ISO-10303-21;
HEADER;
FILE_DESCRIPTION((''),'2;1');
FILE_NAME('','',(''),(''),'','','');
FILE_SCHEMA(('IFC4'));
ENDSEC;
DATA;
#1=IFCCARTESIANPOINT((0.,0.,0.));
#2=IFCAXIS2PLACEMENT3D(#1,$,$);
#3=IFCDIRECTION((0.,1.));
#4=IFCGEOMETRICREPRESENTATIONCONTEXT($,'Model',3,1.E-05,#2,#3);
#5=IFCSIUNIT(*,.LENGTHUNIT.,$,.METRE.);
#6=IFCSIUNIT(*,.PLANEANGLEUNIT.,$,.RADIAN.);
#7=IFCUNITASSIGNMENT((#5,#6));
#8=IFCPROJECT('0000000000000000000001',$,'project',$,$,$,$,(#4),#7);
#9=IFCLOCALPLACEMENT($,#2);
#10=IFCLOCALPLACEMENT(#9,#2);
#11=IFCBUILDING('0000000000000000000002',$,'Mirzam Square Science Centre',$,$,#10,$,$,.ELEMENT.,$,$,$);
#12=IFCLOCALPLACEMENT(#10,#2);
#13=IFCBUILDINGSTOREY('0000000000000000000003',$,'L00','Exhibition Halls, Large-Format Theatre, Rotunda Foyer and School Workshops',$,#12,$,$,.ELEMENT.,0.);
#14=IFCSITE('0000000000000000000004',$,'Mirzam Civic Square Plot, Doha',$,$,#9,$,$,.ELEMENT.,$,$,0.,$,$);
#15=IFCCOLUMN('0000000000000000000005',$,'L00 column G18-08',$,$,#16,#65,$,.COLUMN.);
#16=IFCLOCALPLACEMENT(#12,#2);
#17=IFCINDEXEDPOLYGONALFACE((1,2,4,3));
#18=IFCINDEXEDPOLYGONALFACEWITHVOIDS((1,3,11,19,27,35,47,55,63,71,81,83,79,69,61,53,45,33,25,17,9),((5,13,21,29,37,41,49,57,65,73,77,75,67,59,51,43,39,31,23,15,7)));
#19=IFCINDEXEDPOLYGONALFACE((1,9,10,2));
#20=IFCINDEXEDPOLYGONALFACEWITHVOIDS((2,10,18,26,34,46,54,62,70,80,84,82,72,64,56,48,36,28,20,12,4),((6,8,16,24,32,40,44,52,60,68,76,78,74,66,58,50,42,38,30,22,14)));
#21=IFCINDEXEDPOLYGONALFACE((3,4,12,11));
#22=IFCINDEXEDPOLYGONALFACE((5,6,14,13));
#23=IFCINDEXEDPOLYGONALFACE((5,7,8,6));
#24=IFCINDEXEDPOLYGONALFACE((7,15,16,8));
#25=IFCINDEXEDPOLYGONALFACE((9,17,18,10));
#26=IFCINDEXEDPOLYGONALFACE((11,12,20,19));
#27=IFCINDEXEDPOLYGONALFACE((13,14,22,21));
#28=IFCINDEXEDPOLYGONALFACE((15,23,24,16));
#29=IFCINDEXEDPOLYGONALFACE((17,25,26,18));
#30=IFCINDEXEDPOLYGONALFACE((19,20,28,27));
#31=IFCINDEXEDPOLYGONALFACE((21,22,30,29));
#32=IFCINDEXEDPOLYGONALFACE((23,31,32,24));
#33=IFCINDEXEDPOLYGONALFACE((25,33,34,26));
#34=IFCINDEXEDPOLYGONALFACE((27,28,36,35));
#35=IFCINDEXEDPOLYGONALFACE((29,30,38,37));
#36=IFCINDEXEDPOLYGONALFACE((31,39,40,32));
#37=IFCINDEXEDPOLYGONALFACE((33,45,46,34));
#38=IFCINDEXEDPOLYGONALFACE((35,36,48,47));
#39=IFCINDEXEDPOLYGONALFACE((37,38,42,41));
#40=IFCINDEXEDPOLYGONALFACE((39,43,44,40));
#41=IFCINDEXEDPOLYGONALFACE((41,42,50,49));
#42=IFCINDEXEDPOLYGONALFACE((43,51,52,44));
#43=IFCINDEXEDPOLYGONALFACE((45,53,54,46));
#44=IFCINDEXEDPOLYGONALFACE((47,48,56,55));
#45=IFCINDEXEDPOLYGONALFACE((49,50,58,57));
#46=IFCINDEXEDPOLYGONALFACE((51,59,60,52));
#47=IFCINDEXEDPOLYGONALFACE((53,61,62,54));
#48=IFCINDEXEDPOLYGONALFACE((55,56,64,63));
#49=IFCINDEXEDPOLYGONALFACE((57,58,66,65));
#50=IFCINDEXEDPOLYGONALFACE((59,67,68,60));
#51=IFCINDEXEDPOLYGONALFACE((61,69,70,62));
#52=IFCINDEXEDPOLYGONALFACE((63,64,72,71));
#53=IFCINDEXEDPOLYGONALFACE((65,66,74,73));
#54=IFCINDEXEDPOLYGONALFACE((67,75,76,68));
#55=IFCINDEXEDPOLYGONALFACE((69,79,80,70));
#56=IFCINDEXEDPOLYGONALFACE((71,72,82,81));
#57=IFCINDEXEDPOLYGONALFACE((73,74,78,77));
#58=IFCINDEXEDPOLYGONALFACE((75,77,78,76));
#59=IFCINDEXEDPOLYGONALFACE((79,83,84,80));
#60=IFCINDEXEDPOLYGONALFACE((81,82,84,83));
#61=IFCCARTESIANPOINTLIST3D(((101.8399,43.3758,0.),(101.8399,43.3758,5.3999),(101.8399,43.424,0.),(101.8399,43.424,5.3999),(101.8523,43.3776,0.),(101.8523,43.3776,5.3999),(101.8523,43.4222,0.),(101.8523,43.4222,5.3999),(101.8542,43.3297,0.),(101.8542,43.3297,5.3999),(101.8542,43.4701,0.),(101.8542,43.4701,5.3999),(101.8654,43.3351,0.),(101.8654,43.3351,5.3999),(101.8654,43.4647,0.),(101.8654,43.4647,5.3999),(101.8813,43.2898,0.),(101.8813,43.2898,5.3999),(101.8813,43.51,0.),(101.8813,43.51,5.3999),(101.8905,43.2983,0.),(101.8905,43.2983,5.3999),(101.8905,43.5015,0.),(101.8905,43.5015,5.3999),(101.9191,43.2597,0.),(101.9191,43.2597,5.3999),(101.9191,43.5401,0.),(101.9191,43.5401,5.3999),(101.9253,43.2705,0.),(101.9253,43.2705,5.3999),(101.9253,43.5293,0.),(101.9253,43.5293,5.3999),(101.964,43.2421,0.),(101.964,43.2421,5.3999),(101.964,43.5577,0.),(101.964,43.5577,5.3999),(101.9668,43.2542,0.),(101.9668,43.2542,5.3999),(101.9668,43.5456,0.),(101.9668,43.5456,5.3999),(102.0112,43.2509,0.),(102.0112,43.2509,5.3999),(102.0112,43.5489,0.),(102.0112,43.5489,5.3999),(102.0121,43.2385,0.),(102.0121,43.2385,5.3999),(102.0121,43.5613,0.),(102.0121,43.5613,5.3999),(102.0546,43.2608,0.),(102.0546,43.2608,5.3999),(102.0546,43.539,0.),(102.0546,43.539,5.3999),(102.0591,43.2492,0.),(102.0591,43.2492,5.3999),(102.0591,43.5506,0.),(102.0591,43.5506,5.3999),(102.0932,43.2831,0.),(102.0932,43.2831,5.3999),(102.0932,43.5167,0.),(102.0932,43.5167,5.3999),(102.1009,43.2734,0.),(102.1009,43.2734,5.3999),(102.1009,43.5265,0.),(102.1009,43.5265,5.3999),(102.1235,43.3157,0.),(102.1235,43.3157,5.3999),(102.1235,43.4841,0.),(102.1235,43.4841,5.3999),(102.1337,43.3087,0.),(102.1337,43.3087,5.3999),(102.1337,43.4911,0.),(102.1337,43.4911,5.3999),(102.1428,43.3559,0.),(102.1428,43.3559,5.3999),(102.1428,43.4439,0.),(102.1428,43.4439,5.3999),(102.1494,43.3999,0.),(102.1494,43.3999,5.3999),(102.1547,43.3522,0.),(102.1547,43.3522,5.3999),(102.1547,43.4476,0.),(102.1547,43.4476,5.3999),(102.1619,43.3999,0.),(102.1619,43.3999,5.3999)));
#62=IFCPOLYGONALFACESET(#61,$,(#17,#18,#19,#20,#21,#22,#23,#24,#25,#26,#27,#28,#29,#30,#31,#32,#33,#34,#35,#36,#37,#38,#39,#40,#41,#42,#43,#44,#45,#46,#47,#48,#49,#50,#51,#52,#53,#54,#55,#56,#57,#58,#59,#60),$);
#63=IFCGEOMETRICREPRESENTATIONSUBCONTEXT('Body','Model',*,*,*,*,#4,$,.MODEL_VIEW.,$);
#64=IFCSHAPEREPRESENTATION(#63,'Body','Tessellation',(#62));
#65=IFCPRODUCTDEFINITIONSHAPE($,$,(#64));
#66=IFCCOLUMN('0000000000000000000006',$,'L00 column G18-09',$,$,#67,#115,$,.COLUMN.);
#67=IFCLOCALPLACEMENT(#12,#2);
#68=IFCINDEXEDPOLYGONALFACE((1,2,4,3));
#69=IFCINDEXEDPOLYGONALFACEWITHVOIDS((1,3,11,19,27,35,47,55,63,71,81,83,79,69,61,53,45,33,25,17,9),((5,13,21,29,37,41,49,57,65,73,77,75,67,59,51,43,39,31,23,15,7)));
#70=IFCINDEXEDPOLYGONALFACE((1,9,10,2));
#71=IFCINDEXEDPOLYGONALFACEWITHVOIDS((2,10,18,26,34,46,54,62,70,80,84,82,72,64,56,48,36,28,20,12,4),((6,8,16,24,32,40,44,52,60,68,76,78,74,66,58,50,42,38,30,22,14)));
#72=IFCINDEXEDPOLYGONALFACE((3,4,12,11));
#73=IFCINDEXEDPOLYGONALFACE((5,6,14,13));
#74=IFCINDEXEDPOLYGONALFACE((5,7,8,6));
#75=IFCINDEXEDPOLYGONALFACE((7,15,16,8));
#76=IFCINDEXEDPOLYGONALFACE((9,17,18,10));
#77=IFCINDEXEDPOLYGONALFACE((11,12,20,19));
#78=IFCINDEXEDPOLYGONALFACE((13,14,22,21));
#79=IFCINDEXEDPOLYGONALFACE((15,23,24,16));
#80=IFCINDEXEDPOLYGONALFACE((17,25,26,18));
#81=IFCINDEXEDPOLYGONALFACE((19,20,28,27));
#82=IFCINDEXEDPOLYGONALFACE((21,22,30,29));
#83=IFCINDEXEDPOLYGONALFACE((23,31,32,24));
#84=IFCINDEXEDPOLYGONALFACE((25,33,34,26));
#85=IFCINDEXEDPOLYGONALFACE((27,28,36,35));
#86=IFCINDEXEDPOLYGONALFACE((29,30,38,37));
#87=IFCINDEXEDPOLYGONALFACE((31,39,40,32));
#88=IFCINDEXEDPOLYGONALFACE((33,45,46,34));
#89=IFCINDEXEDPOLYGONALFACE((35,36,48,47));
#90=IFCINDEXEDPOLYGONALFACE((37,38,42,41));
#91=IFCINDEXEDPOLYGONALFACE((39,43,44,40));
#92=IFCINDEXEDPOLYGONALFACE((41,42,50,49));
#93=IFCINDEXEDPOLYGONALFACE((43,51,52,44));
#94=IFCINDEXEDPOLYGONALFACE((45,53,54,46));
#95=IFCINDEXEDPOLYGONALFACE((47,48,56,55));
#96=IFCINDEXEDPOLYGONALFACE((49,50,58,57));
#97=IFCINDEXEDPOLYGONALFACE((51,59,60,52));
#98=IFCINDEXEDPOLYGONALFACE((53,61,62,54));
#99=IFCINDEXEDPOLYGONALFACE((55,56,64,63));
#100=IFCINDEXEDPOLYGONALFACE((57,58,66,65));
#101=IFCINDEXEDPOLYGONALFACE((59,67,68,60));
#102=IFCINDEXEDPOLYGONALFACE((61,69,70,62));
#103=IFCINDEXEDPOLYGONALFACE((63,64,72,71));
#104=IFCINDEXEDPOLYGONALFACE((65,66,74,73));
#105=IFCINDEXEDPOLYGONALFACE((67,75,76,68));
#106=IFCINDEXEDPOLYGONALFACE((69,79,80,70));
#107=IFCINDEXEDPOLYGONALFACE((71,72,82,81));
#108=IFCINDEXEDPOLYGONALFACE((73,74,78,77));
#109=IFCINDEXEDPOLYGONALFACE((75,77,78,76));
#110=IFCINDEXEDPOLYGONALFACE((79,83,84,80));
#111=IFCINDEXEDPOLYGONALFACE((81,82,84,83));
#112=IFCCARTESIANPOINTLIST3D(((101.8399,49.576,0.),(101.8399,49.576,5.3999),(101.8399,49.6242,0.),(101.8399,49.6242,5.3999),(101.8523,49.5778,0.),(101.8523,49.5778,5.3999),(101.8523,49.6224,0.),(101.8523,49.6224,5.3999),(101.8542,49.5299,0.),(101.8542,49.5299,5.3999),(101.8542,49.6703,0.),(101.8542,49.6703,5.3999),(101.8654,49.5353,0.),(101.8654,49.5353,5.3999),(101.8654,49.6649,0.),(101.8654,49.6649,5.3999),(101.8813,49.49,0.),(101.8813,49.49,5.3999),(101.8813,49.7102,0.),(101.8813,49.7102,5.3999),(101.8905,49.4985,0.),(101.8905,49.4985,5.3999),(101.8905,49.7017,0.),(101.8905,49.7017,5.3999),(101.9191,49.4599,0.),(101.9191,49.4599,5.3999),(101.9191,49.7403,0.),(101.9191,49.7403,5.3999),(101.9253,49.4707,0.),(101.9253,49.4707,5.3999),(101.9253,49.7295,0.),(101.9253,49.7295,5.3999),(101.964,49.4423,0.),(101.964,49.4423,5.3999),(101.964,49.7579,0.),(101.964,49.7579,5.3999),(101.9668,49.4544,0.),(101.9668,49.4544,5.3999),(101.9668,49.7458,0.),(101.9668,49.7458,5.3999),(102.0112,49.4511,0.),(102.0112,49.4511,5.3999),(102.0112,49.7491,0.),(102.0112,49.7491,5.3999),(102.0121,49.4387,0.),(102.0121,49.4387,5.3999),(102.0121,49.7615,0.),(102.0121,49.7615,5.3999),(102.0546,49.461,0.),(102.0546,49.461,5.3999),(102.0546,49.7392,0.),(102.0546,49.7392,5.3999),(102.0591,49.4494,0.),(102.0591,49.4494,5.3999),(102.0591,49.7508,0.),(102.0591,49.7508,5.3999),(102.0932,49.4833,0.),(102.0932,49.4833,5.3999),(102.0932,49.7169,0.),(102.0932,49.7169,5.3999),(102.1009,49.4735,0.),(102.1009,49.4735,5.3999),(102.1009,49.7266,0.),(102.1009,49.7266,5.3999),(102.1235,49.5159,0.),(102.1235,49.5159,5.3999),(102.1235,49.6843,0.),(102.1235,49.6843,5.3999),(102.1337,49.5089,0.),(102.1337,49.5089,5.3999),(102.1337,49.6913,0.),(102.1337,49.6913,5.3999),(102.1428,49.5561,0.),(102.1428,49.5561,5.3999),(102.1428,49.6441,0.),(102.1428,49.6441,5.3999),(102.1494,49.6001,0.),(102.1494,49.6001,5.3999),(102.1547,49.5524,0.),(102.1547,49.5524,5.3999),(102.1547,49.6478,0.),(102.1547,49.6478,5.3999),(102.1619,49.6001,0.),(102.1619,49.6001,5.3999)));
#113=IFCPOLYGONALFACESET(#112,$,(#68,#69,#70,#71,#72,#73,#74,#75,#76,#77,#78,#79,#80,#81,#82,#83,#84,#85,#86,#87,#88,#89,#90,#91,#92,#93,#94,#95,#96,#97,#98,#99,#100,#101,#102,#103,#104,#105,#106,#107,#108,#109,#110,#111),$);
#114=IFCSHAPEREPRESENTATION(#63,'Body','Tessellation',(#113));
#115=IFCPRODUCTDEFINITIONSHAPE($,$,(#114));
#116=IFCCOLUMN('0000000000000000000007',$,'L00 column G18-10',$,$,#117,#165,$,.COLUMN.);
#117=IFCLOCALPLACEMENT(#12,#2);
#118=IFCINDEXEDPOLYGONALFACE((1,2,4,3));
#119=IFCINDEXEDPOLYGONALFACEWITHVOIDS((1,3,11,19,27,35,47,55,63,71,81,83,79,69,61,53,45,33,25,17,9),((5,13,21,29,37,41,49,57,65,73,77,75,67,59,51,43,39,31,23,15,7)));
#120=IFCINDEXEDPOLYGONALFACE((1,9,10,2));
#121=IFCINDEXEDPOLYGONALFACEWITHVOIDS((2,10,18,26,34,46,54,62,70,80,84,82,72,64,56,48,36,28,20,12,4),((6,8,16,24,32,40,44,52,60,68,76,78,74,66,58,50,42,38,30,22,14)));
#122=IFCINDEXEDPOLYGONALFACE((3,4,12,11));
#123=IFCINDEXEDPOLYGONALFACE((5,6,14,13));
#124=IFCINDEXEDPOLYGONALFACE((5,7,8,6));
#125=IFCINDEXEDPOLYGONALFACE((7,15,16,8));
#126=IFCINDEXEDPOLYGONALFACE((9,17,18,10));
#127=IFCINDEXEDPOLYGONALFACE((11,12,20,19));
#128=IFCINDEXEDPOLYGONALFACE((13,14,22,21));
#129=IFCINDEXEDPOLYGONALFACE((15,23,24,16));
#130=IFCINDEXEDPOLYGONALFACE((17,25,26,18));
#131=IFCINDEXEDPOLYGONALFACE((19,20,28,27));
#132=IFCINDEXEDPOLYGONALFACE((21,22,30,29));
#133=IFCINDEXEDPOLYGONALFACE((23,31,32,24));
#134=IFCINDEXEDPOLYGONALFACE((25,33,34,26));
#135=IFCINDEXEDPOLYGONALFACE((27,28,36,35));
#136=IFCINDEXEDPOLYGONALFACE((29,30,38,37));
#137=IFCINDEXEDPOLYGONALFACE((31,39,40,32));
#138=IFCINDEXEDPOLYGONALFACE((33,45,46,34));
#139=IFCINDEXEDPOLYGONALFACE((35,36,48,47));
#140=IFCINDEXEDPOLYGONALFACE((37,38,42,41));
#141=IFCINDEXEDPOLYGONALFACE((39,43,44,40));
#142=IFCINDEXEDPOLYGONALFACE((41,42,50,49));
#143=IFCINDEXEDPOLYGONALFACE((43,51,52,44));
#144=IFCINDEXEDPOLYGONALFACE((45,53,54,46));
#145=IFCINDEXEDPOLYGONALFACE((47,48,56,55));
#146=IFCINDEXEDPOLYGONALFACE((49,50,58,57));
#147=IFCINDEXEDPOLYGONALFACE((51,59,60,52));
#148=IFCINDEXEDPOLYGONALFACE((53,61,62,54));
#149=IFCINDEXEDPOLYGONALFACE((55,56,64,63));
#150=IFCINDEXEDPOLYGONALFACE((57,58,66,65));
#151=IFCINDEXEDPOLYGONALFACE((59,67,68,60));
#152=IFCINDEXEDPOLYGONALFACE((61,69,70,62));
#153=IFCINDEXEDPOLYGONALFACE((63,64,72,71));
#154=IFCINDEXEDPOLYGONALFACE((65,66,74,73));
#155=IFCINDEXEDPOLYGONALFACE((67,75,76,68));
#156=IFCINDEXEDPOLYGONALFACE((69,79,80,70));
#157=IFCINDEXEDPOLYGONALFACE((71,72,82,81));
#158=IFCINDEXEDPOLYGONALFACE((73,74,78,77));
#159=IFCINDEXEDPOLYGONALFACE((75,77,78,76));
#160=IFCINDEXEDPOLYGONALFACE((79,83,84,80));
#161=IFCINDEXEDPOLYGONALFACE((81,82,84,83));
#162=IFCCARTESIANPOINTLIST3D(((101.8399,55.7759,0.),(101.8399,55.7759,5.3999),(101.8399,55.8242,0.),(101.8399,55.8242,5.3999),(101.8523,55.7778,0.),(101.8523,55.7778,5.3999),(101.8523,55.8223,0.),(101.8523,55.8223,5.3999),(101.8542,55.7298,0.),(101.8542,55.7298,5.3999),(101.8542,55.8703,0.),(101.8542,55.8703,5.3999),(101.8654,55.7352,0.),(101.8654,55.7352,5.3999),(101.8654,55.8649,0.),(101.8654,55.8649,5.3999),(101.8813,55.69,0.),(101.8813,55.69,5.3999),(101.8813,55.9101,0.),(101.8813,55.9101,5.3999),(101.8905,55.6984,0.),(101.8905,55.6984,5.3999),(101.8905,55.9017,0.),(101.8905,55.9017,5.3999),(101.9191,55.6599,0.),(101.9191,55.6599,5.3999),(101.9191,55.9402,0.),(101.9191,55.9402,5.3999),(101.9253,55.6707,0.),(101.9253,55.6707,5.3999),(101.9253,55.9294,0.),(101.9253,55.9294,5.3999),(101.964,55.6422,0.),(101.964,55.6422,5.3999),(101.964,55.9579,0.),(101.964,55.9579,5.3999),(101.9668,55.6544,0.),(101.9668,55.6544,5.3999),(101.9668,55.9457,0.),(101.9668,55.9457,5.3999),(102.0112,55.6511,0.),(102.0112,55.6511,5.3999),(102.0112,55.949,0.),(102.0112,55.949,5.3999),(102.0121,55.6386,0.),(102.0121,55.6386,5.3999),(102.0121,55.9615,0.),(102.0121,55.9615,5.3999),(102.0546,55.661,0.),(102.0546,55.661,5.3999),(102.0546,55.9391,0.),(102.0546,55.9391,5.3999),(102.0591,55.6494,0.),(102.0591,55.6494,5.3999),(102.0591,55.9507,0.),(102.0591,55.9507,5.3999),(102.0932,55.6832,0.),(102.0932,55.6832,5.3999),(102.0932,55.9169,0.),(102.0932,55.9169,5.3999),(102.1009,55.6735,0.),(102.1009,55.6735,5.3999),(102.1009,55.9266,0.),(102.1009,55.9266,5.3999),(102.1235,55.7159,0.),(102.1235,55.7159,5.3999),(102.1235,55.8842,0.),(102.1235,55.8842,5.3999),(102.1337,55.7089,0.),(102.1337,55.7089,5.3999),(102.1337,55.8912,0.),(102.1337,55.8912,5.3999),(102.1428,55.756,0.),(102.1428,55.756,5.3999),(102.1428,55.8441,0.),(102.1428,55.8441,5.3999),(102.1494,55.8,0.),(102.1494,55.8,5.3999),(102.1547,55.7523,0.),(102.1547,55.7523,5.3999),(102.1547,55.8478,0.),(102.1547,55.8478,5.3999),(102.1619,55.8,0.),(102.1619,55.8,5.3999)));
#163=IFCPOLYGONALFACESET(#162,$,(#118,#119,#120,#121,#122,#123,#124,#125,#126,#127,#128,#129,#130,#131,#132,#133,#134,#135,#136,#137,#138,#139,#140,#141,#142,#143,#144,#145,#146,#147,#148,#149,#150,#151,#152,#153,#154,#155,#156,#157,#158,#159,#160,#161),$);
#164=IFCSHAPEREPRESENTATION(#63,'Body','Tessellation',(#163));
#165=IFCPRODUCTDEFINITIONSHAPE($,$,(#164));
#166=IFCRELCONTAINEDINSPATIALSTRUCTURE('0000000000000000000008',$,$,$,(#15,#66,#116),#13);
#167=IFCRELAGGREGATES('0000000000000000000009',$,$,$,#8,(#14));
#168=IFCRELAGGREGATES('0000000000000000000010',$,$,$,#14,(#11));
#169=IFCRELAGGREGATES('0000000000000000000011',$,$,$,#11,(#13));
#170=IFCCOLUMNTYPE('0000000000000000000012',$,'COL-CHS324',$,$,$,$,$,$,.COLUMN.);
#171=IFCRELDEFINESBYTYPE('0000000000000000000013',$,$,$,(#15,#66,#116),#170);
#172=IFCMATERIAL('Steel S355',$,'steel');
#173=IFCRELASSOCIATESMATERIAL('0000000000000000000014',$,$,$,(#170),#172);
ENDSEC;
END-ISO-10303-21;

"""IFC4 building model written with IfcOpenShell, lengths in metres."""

from ifc_helpers import new_model, si_unit, direction, frame, origin, origin_2d, place, context, subcontext, project, spatial, hollow_circle, extrude, material, material_profile, profile_set, type_object, element, save


model = new_model("IFC4")

# Units and contexts
model_context = context("Model", 3, precision=1e-05, world=origin(), true_north=direction((0.0, 1.0)))
body_context = subcontext(model_context, "Body", "Model", "MODEL_VIEW")
ifc_project = project(units=[si_unit("LENGTHUNIT", "METRE"), si_unit("PLANEANGLEUNIT", "RADIAN")], contexts=[model_context])

# Site, building, storey
site_placement = place(None, origin())
site = spatial("IfcSite", under=ifc_project, at=site_placement, Name="Mirzam Civic Square Plot, Doha", CompositionType="ELEMENT", RefElevation=0.0)
building_placement = place(site_placement, origin())
building = spatial("IfcBuilding", under=site, at=building_placement, Name="Mirzam Square Science Centre", CompositionType="ELEMENT")
storey_placement = place(building_placement, origin())
storey = spatial("IfcBuildingStorey", under=building, at=storey_placement, Name="L00", Description="Exhibition Halls, Large-Format Theatre, Rotunda Foyer and School Workshops", CompositionType="ELEMENT", Elevation=0.0)

# Columns
ifc_material_1 = material(Name="Steel S355", Category="steel")
ifc_material_profile_1 = material_profile(ifc_material_1, hollow_circle(Radius=0.1619, WallThickness=0.0125, at=origin_2d()), Name="323.9x12.5CHS")
ifc_profile_set_1 = profile_set([ifc_material_profile_1], Name="Steel S355")
column_type_1 = type_object("IfcColumnType", Name="COL-CHS324", PredefinedType="COLUMN", material=ifc_profile_set_1)
for number, where, z_axis, x_axis, name in (
    (1, (102.0, 43.3999, 0.0), (0.0, 0.0, 1.0), (1.0, 0.0, 0.0), "L00 column G18-08"),
    (2, (102.0, 49.6001, 0.0), (0.0, 0.0, 1.0), (1.0, 0.0, 0.0), "L00 column G18-09"),
    (3, (102.0, 55.8, 0.0), (0.0, 0.0, 1.0), (1.0, 0.0, 0.0), "L00 column G18-10"),
):
    element("IfcColumn", number, at=place(storey_placement, frame(where, z_axis=z_axis, x_axis=x_axis)), inside=storey, type_object=column_type_1, Name=name, PredefinedType="COLUMN", context=body_context, shape_type="SweptSolid", body=[
        extrude(hollow_circle(Radius=0.1619, WallThickness=0.0125, at=origin_2d()), origin(), (0.0, 0.0, 1.0), 5.3999),
    ])

save(model, "model.ifc")
